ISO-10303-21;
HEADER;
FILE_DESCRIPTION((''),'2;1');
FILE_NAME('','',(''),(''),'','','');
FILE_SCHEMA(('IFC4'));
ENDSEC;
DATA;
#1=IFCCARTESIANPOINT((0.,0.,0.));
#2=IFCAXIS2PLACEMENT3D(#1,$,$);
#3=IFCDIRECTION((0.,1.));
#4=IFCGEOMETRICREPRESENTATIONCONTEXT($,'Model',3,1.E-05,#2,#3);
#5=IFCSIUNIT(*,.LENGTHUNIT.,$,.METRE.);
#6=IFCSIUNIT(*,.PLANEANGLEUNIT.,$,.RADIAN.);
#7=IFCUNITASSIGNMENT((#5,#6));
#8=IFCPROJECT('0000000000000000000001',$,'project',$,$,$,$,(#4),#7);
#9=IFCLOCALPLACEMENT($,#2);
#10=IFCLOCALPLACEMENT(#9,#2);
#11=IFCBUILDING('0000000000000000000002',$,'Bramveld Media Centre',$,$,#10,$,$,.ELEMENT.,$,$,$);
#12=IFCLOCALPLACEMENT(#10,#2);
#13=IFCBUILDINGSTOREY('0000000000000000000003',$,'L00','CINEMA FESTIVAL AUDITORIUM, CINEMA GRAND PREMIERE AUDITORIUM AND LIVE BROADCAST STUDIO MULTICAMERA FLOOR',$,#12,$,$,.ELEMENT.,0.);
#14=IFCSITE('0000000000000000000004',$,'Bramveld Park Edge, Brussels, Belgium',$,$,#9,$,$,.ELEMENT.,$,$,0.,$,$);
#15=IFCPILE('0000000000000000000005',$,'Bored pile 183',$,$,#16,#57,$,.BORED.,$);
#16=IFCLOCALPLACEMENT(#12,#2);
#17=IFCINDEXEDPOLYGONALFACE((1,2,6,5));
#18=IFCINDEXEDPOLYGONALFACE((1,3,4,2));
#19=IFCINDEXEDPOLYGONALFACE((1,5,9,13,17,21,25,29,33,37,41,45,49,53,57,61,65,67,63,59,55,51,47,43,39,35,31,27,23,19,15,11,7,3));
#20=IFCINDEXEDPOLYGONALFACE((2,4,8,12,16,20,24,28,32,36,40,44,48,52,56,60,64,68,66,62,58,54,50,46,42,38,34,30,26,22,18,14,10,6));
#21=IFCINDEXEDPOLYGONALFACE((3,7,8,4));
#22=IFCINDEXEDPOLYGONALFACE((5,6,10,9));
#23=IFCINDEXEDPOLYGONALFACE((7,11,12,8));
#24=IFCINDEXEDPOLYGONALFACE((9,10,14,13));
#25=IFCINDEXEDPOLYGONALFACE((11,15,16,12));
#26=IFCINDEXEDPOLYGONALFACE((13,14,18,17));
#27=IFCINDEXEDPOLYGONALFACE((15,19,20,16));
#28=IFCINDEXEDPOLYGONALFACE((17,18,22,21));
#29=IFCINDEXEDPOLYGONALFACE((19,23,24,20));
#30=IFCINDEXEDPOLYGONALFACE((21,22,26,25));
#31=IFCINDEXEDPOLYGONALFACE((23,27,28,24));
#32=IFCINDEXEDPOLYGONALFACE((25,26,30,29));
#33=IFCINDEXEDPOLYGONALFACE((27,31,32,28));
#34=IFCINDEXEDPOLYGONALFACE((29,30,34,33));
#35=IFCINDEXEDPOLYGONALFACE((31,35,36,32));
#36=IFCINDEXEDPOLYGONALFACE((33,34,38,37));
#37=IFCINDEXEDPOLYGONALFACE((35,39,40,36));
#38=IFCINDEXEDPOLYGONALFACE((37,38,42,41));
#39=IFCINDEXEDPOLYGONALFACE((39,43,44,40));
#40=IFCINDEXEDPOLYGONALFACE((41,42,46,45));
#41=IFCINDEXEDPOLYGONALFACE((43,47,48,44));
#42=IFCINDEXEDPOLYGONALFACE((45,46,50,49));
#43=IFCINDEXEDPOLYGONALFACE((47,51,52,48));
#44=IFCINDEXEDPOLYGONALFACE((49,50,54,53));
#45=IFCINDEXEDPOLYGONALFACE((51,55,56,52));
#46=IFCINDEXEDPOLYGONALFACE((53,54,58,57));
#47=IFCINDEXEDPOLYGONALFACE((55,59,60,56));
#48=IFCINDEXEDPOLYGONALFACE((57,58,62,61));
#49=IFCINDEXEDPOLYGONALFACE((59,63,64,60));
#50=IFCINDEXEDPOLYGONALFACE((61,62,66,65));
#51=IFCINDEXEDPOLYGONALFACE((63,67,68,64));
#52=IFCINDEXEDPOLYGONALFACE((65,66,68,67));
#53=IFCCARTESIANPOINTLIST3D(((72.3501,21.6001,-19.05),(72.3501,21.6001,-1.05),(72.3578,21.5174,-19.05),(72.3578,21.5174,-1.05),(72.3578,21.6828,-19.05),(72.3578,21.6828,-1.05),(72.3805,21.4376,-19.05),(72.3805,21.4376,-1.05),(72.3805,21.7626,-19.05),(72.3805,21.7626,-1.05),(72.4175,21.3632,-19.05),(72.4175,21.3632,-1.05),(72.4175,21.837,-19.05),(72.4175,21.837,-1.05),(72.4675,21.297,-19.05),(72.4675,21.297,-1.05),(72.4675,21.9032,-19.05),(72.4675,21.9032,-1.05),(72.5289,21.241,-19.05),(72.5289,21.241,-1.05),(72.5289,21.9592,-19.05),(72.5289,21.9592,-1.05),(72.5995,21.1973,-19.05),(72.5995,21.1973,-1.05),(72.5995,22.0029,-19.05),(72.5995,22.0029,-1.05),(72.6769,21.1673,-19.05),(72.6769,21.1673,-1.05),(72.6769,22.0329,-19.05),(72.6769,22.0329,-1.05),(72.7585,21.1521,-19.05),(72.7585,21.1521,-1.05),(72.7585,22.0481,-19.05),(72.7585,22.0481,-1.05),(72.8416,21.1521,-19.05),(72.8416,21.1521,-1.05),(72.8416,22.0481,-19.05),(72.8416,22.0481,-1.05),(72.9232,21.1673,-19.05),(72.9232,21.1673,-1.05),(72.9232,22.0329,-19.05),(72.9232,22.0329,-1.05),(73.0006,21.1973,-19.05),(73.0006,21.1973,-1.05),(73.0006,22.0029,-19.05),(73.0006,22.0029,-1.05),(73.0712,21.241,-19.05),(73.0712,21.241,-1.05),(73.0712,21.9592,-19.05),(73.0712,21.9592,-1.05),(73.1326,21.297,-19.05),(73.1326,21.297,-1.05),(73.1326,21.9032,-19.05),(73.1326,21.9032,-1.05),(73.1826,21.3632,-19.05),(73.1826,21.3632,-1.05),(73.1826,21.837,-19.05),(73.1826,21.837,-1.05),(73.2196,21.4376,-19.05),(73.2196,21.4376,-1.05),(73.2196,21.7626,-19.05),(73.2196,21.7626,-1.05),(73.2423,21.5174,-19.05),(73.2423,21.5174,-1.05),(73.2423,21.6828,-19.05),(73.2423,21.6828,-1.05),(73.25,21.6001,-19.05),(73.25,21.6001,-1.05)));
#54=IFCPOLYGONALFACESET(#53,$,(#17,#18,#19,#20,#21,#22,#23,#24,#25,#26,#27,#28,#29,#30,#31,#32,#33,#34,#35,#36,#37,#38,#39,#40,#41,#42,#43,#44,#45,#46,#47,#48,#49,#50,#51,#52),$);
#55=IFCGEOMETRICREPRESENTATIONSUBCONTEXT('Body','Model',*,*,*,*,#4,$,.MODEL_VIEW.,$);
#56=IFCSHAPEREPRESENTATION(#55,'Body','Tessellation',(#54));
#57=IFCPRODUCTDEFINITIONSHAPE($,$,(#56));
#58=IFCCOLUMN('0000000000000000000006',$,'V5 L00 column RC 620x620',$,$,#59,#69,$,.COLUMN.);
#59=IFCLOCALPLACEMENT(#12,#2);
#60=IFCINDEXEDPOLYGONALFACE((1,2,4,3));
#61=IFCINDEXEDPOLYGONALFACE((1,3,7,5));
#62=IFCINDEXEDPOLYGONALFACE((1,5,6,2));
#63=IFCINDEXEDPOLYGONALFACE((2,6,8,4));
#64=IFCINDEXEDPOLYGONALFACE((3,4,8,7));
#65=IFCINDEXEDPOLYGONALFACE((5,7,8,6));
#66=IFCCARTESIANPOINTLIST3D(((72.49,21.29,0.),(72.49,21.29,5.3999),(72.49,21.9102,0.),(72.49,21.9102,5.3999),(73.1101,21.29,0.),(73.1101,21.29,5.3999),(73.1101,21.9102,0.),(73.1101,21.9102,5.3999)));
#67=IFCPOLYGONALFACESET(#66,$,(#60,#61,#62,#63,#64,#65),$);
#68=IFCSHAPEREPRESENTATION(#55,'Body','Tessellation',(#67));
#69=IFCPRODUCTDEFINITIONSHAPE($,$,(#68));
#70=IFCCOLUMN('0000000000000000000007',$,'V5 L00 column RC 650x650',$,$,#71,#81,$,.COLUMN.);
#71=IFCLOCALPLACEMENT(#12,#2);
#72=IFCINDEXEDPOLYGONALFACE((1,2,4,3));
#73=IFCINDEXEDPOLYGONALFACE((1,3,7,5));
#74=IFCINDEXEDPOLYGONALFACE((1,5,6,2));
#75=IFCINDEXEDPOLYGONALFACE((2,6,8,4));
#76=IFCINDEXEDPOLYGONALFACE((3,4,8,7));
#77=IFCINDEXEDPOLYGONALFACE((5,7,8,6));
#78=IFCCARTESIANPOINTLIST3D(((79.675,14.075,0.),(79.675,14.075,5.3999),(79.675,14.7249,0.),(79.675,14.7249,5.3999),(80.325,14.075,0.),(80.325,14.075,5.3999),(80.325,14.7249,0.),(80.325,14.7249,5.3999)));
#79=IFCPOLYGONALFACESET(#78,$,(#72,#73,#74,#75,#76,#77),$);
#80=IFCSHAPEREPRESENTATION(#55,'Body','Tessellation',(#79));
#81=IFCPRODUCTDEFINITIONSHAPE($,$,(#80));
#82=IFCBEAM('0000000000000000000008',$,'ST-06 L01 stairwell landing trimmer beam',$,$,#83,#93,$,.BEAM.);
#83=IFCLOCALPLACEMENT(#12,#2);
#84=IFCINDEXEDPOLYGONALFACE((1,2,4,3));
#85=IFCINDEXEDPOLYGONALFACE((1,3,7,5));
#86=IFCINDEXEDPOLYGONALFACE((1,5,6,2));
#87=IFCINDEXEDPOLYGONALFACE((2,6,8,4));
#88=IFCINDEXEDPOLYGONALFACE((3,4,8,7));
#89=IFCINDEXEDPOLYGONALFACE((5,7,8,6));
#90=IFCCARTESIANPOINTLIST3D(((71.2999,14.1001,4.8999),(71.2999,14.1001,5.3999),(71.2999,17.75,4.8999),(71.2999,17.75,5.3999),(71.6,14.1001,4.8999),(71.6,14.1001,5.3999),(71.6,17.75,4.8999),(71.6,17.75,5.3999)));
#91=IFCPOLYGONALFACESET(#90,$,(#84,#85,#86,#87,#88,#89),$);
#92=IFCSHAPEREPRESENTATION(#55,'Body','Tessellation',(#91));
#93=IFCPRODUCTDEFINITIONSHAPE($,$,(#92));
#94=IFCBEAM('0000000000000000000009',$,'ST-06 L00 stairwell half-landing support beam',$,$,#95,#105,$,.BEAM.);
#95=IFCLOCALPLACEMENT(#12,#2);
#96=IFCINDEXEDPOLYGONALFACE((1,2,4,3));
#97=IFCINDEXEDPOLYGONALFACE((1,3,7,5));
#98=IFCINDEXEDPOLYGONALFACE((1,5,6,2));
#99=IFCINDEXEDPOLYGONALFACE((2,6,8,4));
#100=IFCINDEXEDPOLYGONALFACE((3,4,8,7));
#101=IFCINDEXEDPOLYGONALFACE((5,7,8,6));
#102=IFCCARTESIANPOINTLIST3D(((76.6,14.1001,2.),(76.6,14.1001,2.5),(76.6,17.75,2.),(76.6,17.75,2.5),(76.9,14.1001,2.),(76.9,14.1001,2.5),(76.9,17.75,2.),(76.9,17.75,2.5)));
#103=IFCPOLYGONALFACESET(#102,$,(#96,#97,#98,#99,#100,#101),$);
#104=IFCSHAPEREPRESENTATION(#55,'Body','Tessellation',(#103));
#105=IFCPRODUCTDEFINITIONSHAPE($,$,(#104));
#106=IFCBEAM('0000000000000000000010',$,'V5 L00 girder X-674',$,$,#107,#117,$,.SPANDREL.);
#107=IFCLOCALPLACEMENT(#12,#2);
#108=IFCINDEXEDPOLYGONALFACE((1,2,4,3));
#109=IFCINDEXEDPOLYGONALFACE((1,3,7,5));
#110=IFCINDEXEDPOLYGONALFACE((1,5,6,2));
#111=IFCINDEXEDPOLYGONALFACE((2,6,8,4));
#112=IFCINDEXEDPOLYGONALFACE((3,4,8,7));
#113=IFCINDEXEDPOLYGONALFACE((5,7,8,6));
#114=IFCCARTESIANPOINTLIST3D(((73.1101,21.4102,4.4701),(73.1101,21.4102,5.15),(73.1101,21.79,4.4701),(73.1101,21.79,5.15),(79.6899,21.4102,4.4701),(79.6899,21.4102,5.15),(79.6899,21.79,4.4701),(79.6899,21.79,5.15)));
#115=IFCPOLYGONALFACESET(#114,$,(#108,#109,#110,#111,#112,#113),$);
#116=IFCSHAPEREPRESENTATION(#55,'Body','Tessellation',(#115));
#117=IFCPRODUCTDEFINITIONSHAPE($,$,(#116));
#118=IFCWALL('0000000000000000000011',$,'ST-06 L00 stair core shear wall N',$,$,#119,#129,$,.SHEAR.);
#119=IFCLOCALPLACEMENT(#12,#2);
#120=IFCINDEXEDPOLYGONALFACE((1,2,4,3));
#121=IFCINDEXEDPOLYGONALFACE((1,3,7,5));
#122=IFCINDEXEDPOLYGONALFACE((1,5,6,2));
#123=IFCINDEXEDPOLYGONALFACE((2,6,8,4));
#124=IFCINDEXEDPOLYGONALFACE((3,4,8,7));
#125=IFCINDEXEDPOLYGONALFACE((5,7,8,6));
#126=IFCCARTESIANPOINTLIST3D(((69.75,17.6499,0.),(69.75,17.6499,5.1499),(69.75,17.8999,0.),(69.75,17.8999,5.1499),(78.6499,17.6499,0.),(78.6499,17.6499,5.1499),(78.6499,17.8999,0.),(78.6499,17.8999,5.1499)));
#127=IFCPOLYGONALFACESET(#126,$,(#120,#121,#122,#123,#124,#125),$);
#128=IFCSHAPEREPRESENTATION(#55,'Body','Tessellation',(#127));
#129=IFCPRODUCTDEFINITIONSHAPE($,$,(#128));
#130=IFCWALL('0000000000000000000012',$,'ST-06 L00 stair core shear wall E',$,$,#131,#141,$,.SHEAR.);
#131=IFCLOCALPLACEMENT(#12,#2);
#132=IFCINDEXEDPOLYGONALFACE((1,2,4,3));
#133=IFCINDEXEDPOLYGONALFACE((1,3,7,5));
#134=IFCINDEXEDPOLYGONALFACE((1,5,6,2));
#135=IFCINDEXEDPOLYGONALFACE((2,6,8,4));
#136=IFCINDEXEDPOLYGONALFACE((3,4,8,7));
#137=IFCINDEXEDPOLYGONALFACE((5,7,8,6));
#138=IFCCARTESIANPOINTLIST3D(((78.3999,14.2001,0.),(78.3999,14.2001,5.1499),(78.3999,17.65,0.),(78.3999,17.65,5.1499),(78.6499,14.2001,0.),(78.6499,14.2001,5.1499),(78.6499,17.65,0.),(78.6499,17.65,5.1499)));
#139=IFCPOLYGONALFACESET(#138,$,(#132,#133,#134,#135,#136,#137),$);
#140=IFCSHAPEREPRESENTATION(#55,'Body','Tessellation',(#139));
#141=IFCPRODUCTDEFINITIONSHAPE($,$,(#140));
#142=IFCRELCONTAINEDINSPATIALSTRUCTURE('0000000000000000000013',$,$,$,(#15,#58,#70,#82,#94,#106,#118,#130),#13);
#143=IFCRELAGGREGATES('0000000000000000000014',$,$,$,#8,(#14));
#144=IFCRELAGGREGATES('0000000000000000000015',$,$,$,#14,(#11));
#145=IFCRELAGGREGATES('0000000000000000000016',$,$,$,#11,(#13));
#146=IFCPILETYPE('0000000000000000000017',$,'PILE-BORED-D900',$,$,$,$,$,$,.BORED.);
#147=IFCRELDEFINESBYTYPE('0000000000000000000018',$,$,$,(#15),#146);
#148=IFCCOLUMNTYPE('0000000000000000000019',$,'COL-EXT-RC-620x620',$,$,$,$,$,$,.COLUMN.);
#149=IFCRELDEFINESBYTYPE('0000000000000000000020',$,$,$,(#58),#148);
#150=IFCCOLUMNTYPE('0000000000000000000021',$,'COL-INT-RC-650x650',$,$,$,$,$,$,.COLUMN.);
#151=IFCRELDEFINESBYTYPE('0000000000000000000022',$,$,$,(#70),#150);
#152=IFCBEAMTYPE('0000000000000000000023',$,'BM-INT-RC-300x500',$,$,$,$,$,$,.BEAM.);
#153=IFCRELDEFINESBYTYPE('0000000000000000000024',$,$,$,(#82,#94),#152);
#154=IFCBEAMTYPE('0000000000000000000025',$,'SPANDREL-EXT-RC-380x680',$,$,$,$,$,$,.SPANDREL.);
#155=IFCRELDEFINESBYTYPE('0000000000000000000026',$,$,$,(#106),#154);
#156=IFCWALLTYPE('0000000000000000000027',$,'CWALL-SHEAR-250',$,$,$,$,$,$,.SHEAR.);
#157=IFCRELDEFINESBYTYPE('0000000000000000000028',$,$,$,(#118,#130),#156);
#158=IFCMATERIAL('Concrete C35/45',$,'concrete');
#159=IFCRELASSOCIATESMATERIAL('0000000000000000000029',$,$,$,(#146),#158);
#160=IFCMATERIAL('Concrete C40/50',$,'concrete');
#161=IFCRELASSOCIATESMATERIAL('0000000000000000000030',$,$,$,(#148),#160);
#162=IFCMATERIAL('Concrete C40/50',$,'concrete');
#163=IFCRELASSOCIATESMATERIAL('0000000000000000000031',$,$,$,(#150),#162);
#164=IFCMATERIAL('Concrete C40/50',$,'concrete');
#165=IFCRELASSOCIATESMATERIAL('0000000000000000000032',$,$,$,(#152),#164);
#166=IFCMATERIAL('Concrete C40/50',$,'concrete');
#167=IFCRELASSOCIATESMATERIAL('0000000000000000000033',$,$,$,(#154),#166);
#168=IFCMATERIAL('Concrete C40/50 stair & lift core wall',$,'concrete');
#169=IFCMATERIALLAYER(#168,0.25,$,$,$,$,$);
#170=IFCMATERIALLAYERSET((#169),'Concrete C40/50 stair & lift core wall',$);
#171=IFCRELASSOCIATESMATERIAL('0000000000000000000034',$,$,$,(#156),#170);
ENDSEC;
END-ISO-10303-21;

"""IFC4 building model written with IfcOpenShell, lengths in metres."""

from ifc_helpers import new_model, si_unit, direction, frame, frame_2d, origin, origin_2d, place, context, subcontext, project, spatial, rectangle, circle, extrude, material, layer, layer_set, material_profile, profile_set, type_object, element, save


model = new_model("IFC4")

# Units and contexts
model_context = context("Model", 3, precision=1e-05, world=origin(), true_north=direction((0.0, 1.0)))
body_context = subcontext(model_context, "Body", "Model", "MODEL_VIEW")
ifc_project = project(units=[si_unit("LENGTHUNIT", "METRE"), si_unit("PLANEANGLEUNIT", "RADIAN")], contexts=[model_context])

# Site, building, storey
site_placement = place(None, origin())
site = spatial("IfcSite", under=ifc_project, at=site_placement, Name="Bramveld Park Edge, Brussels, Belgium", CompositionType="ELEMENT", RefElevation=0.0)
building_placement = place(site_placement, origin())
building = spatial("IfcBuilding", under=site, at=building_placement, Name="Bramveld Media Centre", CompositionType="ELEMENT")
storey_placement = place(building_placement, origin())
storey = spatial("IfcBuildingStorey", under=building, at=storey_placement, Name="L00", Description="CINEMA FESTIVAL AUDITORIUM, CINEMA GRAND PREMIERE AUDITORIUM AND LIVE BROADCAST STUDIO MULTICAMERA FLOOR", CompositionType="ELEMENT", Elevation=0.0)

# Pile
ifc_material_1 = material(Name="Concrete C35/45", Category="concrete")
ifc_material_profile_1 = material_profile(ifc_material_1, circle(Radius=0.45, at=origin_2d()), Name="BORED D900")
ifc_profile_set_1 = profile_set([ifc_material_profile_1], Name="Concrete C35/45")
pile_type_1 = type_object("IfcPileType", Name="PILE-BORED-D900", PredefinedType="BORED", material=ifc_profile_set_1)
pile_placement = place(storey_placement, frame((72.8, 21.6001, -1.05), z_axis=(0.0, 0.0, -1.0), x_axis=(1.0, 0.0, 0.0)))
element("IfcPile", 1, at=pile_placement, inside=storey, type_object=pile_type_1, Name="Bored pile 183", PredefinedType="BORED", context=body_context, shape_type="SweptSolid", body=[
    extrude(circle(Radius=0.45, at=origin_2d()), origin(), (0.0, 0.0, 1.0), 18.0),
])

# Columns
ifc_material_2 = material(Name="Concrete C40/50", Category="concrete")
ifc_material_profile_2 = material_profile(ifc_material_2, rectangle(XDim=0.6201, YDim=0.6201, at=origin_2d()), Name="RC 620x620")
ifc_profile_set_2 = profile_set([ifc_material_profile_2], Name="Concrete C40/50")
column_type_1 = type_object("IfcColumnType", Name="COL-EXT-RC-620x620", PredefinedType="COLUMN", material=ifc_profile_set_2)
column_1_placement = place(storey_placement, frame((72.8, 21.6001, 0.0), z_axis=(0.0, 0.0, 1.0), x_axis=(1.0, 0.0, 0.0)))
element("IfcColumn", 2, at=column_1_placement, inside=storey, type_object=column_type_1, Name="V5 L00 column RC 620x620", PredefinedType="COLUMN", context=body_context, shape_type="SweptSolid", body=[
    extrude(rectangle(XDim=0.6201, YDim=0.6201, at=origin_2d()), origin(), (0.0, 0.0, 1.0), 5.3999),
])
ifc_material_3 = material(Name="Concrete C40/50", Category="concrete")
ifc_material_profile_3 = material_profile(ifc_material_3, rectangle(XDim=0.6499, YDim=0.6499, at=origin_2d()), Name="RC 650x650")
ifc_profile_set_3 = profile_set([ifc_material_profile_3], Name="Concrete C40/50")
column_type_2 = type_object("IfcColumnType", Name="COL-INT-RC-650x650", PredefinedType="COLUMN", material=ifc_profile_set_3)
column_2_placement = place(storey_placement, frame((80.0, 14.3999, 0.0), z_axis=(0.0, 0.0, 1.0), x_axis=(1.0, 0.0, 0.0)))
element("IfcColumn", 3, at=column_2_placement, inside=storey, type_object=column_type_2, Name="V5 L00 column RC 650x650", PredefinedType="COLUMN", context=body_context, shape_type="SweptSolid", body=[
    extrude(rectangle(XDim=0.6499, YDim=0.6499, at=origin_2d()), origin(), (0.0, 0.0, 1.0), 5.3999),
])

# Beams
ifc_material_4 = material(Name="Concrete C40/50", Category="concrete")
ifc_material_profile_4 = material_profile(ifc_material_4, rectangle(XDim=0.3, YDim=0.5, at=origin_2d()), Name="RC 300x500")
ifc_profile_set_4 = profile_set([ifc_material_profile_4], Name="Concrete C40/50")
beam_type_1 = type_object("IfcBeamType", Name="BM-INT-RC-300x500", PredefinedType="BEAM", material=ifc_profile_set_4)
for number, where, z_axis, x_axis, name in (
    (4, (71.45, 14.1001, 5.1499), (0.0, 1.0, 0.0), (-1.0, 0.0, 0.0), "ST-06 L01 stairwell landing trimmer beam"),
    (5, (76.75, 14.1001, 2.25), (0.0, 1.0, 0.0), (-1.0, 0.0, 0.0), "ST-06 L00 stairwell half-landing support beam"),
):
    element("IfcBeam", number, at=place(storey_placement, frame(where, z_axis=z_axis, x_axis=x_axis)), inside=storey, type_object=beam_type_1, Name=name, PredefinedType="BEAM", context=body_context, shape_type="SweptSolid", body=[
        extrude(rectangle(XDim=0.3, YDim=0.5, at=origin_2d()), origin(), (0.0, 0.0, 1.0), 3.6499),
    ])
ifc_material_5 = material(Name="Concrete C40/50", Category="concrete")
ifc_material_profile_5 = material_profile(ifc_material_5, rectangle(XDim=0.3799, YDim=0.6799, at=origin_2d()), Name="RC 380x680")
ifc_profile_set_5 = profile_set([ifc_material_profile_5], Name="Concrete C40/50")
beam_type_2 = type_object("IfcBeamType", Name="SPANDREL-EXT-RC-380x680", PredefinedType="SPANDREL", material=ifc_profile_set_5)
beam_placement = place(storey_placement, frame((73.1101, 21.6001, 4.8101), z_axis=(1.0, 0.0, 0.0), x_axis=(0.0, 1.0, 0.0)))
element("IfcBeam", 6, at=beam_placement, inside=storey, type_object=beam_type_2, Name="V5 L00 girder X-674", PredefinedType="SPANDREL", context=body_context, shape_type="SweptSolid", body=[
    extrude(rectangle(XDim=0.3799, YDim=0.6799, at=origin_2d()), origin(), (0.0, 0.0, 1.0), 6.5798),
])

# Walls
ifc_material_6 = material(Name="Concrete C40/50 stair & lift core wall", Category="concrete")
ifc_layer = layer(ifc_material_6, 0.25)
ifc_layer_set = layer_set([ifc_layer], Name="Concrete C40/50 stair & lift core wall")
wall_type = type_object("IfcWallType", Name="CWALL-SHEAR-250", PredefinedType="SHEAR", material=ifc_layer_set)
wall_1_placement = place(storey_placement, frame((78.6499, 17.7749, 0.0), z_axis=(0.0, 0.0, 1.0), x_axis=(-1.0, 0.0, 0.0)))
element("IfcWall", 7, at=wall_1_placement, inside=storey, type_object=wall_type, Name="ST-06 L00 stair core shear wall N", PredefinedType="SHEAR", context=body_context, shape_type="SweptSolid", body=[
    extrude(rectangle(XDim=8.8999, YDim=0.25, at=frame_2d((4.45, 0.0))), origin(), (0.0, 0.0, 1.0), 5.1499),
])
wall_2_placement = place(storey_placement, frame((78.5249, 14.2, 0.0), z_axis=(0.0, 0.0, 1.0), x_axis=(0.0, 1.0, 0.0)))
element("IfcWall", 8, at=wall_2_placement, inside=storey, type_object=wall_type, Name="ST-06 L00 stair core shear wall E", PredefinedType="SHEAR", context=body_context, shape_type="SweptSolid", body=[
    extrude(rectangle(XDim=3.45, YDim=0.25, at=frame_2d((1.7251, 0.0))), origin(), (0.0, 0.0, 1.0), 5.1499),
])

save(model, "model.ifc")
